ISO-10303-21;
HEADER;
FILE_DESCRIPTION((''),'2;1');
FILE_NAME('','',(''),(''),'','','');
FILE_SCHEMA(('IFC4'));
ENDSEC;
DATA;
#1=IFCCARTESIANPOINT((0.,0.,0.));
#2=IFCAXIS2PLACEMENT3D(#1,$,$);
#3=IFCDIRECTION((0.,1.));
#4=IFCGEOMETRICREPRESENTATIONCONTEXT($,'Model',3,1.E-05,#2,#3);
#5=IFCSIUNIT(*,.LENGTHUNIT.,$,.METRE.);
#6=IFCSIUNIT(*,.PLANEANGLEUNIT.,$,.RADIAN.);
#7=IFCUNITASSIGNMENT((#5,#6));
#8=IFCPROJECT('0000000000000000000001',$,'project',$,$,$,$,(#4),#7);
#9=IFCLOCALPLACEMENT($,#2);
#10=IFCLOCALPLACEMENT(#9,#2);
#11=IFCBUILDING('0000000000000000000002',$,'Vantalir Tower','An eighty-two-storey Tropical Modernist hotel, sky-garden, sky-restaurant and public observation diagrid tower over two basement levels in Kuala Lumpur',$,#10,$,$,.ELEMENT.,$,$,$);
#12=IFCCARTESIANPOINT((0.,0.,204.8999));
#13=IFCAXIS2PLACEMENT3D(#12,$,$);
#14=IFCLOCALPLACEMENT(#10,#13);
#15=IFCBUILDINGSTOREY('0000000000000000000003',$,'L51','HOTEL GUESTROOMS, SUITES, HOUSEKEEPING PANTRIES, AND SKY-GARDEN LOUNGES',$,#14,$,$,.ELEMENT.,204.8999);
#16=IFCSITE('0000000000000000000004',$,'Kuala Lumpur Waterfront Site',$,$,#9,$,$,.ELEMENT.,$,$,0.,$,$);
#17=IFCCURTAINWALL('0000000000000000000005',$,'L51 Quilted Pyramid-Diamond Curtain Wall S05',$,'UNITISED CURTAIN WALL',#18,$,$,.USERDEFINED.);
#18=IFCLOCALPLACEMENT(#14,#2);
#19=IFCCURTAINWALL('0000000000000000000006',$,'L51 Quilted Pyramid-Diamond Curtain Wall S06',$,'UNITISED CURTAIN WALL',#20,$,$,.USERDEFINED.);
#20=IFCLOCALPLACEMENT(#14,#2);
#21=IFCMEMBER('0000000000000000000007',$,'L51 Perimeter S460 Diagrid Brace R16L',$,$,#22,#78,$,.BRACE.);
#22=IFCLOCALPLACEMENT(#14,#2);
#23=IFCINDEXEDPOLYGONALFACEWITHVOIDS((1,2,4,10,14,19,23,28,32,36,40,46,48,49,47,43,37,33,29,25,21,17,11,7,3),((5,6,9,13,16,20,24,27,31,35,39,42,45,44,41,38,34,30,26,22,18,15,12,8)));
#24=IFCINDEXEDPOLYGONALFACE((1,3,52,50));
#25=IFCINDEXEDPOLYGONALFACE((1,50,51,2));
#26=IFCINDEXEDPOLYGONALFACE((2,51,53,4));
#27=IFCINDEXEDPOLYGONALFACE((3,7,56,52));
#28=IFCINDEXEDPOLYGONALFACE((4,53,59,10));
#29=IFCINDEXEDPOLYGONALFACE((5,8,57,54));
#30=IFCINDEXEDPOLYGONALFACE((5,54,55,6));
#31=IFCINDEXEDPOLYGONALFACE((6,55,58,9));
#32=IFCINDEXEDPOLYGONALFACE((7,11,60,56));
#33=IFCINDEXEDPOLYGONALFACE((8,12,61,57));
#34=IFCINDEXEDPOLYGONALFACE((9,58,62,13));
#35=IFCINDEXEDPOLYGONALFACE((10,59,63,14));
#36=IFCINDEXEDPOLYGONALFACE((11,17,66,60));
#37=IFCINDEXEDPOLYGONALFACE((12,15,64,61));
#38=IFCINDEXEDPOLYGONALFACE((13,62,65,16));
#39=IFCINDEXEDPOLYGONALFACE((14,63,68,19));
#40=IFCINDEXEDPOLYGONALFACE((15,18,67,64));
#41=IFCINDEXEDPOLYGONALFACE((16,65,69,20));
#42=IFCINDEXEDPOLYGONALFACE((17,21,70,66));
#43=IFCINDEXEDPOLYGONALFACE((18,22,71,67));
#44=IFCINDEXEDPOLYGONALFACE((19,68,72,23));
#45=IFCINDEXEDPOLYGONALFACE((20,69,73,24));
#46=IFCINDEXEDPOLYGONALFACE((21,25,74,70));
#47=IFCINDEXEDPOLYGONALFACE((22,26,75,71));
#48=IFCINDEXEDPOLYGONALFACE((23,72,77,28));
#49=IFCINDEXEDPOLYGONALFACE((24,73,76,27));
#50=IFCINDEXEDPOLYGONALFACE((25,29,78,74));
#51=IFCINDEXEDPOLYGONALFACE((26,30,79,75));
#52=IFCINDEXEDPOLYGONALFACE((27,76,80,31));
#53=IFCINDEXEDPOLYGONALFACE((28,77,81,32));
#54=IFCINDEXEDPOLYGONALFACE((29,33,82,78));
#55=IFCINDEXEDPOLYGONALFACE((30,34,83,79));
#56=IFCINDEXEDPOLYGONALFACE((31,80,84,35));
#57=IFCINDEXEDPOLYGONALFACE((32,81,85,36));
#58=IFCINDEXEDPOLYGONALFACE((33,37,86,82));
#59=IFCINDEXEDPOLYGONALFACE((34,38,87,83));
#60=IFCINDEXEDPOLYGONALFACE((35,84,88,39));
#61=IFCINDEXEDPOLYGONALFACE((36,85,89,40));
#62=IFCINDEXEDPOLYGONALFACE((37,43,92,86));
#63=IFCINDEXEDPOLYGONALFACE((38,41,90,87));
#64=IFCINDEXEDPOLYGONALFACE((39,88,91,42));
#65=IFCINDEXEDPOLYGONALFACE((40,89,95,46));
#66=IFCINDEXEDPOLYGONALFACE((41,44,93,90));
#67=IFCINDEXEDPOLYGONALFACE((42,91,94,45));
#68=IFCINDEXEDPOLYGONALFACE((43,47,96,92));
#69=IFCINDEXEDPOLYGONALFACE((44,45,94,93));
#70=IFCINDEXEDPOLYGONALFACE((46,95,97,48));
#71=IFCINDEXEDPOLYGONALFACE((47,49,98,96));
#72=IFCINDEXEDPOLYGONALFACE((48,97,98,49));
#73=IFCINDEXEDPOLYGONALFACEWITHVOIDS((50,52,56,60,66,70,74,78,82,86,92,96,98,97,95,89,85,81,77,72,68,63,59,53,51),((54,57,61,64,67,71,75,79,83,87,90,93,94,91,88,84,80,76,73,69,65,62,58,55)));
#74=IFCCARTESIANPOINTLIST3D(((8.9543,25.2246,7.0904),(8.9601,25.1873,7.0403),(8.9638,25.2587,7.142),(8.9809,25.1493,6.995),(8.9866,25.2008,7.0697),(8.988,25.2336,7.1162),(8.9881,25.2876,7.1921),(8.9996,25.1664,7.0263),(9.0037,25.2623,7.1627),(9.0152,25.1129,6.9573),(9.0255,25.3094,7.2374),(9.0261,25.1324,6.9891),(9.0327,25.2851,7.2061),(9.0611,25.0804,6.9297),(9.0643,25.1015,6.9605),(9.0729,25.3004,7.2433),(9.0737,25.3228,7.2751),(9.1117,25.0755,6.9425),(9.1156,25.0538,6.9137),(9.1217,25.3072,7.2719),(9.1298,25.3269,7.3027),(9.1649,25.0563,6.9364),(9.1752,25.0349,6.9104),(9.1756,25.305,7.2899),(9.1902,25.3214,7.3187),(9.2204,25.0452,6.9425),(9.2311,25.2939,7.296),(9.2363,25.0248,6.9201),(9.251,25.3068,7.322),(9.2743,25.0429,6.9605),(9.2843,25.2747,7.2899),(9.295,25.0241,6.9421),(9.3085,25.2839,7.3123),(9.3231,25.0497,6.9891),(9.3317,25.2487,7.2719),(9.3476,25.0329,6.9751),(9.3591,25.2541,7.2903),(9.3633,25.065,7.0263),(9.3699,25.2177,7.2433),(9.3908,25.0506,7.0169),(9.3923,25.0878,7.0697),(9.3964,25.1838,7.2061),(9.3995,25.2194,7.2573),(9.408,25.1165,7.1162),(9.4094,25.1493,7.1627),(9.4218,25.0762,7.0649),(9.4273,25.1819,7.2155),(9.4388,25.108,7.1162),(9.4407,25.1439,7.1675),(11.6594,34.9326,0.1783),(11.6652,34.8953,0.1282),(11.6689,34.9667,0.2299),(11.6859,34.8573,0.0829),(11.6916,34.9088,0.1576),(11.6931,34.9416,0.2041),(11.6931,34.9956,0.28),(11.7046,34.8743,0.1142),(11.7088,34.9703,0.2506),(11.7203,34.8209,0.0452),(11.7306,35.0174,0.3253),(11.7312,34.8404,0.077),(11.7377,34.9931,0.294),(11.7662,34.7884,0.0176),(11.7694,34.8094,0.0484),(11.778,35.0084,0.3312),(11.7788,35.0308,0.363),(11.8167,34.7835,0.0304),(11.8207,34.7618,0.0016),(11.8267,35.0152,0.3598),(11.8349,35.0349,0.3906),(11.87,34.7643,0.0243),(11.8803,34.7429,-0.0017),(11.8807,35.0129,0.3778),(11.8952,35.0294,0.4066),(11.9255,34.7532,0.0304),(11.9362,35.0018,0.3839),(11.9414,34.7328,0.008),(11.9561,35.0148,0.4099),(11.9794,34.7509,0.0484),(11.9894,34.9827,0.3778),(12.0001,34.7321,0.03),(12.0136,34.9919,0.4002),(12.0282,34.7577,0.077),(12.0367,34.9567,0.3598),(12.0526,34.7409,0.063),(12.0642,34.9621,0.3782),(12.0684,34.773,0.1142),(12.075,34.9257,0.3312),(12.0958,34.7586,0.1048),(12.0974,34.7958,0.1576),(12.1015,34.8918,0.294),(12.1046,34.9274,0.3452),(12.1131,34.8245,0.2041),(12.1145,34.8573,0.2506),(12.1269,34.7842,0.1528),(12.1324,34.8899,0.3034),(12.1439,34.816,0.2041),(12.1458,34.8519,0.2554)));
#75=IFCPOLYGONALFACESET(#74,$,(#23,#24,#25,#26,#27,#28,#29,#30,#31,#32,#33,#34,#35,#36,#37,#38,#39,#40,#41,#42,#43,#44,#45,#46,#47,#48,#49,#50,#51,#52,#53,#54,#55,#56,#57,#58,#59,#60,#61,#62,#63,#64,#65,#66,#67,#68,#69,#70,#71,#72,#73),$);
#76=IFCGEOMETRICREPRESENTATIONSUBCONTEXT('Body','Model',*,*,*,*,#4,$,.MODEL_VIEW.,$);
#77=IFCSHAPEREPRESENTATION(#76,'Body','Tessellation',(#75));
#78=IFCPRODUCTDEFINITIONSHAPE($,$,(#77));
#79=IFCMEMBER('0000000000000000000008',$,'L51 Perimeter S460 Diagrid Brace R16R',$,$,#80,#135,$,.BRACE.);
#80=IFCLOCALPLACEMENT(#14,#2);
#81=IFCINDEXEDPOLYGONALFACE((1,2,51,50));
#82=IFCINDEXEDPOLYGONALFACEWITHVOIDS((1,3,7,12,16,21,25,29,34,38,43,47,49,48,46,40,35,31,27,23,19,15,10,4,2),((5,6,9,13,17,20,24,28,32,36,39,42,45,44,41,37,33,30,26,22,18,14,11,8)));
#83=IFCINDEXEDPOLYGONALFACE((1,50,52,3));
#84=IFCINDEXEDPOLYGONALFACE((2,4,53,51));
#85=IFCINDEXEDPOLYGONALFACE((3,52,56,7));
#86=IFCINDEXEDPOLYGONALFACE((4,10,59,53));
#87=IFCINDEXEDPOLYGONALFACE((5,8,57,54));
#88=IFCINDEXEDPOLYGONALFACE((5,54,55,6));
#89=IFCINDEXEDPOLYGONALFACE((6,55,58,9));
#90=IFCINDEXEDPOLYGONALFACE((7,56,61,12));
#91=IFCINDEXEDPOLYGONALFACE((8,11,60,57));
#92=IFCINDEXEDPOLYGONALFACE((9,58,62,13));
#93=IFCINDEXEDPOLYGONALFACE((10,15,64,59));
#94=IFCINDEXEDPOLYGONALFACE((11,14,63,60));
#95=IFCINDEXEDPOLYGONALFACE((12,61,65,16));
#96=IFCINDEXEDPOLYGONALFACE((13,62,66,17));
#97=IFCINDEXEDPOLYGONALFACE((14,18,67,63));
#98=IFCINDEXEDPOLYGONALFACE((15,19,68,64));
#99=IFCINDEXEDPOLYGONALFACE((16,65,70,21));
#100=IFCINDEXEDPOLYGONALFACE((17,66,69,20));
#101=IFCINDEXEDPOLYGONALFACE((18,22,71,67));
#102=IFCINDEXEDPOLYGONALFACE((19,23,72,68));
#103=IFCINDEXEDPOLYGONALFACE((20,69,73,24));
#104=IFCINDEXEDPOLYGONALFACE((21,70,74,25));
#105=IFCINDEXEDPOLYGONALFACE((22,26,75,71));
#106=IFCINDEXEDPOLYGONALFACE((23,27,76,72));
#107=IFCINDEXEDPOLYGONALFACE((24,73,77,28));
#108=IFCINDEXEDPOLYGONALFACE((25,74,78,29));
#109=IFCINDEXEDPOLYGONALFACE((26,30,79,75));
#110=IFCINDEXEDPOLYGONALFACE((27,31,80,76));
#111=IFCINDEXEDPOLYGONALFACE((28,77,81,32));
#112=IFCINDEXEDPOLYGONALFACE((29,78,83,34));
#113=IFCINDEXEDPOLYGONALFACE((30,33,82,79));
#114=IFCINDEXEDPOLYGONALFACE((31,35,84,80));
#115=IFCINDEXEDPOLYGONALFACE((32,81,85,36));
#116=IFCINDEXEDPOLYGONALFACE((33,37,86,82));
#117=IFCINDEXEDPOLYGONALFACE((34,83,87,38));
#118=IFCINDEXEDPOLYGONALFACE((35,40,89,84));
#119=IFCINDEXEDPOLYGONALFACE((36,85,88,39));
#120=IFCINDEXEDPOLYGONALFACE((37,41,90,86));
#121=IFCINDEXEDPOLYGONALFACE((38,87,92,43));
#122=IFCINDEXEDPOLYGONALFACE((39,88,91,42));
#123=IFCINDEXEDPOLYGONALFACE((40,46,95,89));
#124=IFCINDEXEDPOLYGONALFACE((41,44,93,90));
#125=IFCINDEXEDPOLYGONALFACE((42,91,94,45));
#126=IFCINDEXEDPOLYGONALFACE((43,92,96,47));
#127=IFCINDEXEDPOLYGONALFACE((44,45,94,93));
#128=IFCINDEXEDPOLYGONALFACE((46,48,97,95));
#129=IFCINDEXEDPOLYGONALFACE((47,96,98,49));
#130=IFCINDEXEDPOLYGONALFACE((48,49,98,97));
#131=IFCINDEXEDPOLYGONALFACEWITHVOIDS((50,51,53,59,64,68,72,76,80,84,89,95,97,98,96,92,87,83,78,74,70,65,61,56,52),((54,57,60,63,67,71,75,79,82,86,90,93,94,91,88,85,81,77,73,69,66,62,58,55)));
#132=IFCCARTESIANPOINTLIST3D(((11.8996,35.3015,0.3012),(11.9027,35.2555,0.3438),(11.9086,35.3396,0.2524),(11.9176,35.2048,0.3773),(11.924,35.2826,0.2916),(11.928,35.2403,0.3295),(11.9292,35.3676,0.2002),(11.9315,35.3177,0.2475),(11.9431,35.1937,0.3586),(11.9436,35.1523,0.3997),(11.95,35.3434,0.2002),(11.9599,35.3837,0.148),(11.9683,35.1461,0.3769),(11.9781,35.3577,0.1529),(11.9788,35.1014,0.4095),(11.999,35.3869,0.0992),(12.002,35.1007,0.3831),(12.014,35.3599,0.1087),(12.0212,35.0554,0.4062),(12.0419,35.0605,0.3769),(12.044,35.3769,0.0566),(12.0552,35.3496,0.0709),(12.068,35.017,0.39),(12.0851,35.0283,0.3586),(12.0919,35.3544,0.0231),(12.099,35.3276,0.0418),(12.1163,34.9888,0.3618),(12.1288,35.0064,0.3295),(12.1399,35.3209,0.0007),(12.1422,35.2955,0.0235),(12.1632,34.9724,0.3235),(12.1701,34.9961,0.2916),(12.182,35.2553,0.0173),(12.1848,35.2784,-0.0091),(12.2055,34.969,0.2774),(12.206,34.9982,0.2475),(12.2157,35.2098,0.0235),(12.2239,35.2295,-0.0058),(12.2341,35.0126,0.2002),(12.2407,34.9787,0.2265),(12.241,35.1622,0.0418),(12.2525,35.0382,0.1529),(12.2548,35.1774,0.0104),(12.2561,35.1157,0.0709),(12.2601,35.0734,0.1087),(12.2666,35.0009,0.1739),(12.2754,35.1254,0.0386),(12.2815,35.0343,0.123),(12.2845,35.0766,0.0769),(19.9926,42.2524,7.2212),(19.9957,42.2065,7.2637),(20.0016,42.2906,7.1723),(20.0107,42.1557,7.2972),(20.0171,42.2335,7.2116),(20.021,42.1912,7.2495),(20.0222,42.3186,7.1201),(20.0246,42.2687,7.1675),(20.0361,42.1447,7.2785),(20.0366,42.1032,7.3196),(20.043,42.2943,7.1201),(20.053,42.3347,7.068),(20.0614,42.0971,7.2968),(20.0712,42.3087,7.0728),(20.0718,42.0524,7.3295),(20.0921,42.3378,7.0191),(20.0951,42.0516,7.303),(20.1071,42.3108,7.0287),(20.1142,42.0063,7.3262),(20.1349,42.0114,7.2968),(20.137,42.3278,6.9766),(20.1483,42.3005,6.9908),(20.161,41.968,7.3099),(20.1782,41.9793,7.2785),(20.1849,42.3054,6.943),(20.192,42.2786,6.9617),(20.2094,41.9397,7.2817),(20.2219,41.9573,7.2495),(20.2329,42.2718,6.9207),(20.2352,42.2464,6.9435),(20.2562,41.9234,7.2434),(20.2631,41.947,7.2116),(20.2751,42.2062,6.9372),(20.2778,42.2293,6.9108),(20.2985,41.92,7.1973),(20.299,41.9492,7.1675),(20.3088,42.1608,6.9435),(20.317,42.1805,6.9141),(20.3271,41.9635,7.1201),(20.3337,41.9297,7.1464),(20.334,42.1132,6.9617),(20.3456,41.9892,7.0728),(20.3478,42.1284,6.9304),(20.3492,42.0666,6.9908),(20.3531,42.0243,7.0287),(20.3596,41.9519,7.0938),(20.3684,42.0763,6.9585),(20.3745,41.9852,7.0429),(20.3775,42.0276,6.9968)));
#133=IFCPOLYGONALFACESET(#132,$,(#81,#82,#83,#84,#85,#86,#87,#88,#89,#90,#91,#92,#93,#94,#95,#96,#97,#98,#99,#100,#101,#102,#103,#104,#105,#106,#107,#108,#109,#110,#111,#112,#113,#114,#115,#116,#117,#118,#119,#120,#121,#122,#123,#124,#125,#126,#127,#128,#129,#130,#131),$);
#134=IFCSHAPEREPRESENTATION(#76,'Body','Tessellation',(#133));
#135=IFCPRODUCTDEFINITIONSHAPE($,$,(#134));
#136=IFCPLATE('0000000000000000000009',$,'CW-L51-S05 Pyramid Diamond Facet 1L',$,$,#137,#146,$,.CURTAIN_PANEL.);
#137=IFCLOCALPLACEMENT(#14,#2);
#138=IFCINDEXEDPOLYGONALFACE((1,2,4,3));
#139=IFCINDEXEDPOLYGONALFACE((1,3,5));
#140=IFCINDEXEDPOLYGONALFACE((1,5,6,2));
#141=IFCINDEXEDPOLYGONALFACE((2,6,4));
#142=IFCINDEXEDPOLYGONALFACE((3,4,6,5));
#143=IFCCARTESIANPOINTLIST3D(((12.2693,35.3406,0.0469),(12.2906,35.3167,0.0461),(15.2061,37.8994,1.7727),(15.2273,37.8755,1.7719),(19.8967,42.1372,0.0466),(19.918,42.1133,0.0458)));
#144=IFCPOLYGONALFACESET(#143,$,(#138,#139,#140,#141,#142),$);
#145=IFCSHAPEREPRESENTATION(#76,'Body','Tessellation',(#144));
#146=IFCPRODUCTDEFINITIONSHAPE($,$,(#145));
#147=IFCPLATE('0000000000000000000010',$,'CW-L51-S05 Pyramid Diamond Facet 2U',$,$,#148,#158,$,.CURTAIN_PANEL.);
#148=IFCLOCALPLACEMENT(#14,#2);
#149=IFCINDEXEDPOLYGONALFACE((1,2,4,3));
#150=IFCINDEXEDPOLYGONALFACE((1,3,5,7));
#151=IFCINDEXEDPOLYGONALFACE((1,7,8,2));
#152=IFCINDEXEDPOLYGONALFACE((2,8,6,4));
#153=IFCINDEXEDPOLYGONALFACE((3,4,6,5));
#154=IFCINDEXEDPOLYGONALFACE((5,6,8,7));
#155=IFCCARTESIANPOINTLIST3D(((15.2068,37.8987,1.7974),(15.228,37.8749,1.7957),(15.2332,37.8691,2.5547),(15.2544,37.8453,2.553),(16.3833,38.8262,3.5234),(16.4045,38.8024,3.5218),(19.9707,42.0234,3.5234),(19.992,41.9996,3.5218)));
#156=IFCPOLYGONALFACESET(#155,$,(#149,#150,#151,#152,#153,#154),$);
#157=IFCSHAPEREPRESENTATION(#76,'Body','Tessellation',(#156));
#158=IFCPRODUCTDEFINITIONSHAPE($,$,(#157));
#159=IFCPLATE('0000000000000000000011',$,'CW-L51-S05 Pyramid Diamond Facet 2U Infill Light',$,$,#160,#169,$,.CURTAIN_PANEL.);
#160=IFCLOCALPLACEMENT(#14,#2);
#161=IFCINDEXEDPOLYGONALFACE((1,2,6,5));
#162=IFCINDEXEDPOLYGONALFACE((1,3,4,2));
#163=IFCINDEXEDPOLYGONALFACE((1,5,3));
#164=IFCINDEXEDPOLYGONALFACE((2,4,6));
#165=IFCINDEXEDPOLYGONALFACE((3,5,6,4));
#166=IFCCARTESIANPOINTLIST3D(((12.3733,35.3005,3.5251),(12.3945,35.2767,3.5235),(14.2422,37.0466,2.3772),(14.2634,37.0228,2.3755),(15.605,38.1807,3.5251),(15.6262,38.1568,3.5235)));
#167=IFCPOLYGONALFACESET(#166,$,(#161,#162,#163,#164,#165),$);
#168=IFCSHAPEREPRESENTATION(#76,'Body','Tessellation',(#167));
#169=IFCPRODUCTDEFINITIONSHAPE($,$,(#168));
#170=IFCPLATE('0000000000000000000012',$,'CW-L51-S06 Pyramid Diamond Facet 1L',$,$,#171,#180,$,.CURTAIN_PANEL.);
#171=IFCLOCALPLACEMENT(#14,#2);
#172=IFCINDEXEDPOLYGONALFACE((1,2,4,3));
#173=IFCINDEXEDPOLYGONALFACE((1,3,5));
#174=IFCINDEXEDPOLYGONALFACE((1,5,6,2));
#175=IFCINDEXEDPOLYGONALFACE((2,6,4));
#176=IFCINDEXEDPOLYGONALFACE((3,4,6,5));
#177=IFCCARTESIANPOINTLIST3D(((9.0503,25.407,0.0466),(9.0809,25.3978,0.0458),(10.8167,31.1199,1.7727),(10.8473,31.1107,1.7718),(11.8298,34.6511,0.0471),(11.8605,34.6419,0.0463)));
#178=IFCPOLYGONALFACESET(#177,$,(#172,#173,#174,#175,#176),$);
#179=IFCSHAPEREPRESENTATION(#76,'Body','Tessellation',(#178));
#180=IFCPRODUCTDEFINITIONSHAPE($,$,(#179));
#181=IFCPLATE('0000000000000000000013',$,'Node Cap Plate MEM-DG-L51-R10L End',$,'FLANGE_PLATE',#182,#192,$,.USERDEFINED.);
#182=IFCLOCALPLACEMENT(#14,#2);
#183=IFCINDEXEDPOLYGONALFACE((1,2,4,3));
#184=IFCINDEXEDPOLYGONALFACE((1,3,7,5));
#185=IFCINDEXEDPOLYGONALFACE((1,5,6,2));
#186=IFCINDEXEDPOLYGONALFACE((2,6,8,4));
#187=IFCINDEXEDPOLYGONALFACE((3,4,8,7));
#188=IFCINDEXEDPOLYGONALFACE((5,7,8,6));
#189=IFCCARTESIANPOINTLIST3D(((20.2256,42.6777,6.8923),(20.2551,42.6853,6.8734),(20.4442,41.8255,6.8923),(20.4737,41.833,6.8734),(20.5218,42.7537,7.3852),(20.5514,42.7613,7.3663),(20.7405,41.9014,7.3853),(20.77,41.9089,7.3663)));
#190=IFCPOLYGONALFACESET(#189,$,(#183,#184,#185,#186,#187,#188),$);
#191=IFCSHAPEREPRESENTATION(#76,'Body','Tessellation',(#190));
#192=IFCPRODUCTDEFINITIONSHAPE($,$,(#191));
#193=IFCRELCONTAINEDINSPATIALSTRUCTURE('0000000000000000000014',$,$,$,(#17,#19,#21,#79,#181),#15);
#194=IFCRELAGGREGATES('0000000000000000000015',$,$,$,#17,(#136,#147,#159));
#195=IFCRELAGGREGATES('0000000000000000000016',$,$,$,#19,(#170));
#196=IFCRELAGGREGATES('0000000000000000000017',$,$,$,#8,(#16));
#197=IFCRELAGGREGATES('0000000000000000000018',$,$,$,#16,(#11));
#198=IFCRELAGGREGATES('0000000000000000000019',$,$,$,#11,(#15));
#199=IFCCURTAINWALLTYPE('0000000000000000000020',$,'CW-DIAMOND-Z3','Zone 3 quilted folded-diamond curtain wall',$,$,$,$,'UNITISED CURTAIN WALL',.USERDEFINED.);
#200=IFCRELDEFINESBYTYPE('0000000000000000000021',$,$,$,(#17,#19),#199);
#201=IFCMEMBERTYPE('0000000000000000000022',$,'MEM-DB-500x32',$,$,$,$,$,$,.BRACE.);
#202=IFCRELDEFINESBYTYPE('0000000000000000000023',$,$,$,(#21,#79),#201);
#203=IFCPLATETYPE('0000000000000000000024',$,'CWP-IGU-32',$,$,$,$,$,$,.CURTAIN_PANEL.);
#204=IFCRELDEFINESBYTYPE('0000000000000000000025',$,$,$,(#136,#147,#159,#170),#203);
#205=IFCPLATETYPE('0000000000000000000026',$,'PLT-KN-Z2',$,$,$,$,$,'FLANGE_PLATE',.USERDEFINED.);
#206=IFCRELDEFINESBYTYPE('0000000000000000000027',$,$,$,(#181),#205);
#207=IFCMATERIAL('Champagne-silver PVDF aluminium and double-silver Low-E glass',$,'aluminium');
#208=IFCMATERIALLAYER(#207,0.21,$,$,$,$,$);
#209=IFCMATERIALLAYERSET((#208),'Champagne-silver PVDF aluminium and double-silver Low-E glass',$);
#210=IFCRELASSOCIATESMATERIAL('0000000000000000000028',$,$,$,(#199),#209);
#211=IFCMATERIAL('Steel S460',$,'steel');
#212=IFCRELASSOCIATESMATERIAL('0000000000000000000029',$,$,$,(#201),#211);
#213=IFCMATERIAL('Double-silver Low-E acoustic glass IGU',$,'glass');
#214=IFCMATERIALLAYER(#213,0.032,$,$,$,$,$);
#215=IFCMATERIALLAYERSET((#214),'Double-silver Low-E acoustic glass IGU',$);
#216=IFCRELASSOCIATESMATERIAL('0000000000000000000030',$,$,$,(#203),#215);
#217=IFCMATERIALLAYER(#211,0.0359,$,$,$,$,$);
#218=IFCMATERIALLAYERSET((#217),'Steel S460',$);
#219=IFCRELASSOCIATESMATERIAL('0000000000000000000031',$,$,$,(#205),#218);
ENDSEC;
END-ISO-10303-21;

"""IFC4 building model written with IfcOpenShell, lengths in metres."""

from ifc_helpers import new_model, si_unit, direction, frame, origin, origin_2d, place, context, subcontext, project, spatial, polyline, hollow_circle, outline, extrude, material, layer, layer_set, material_profile, profile_set, type_object, element, aggregate, save


model = new_model("IFC4")

# Units and contexts
model_context = context("Model", 3, precision=1e-05, world=origin(), true_north=direction((0.0, 1.0)))
body_context = subcontext(model_context, "Body", "Model", "MODEL_VIEW")
ifc_project = project(units=[si_unit("LENGTHUNIT", "METRE"), si_unit("PLANEANGLEUNIT", "RADIAN")], contexts=[model_context])

# Site, building, storey
site_placement = place(None, origin())
site = spatial("IfcSite", under=ifc_project, at=site_placement, Name="Kuala Lumpur Waterfront Site", CompositionType="ELEMENT", RefElevation=0.0)
building_placement = place(site_placement, origin())
building = spatial("IfcBuilding", under=site, at=building_placement, Name="Vantalir Tower", Description="An eighty-two-storey Tropical Modernist hotel, sky-garden, sky-restaurant and public observation diagrid tower over two basement levels in Kuala Lumpur", CompositionType="ELEMENT")
storey_placement = place(building_placement, frame((0.0, 0.0, 204.8999)))
storey = spatial("IfcBuildingStorey", under=building, at=storey_placement, Name="L51", Description="HOTEL GUESTROOMS, SUITES, HOUSEKEEPING PANTRIES, AND SKY-GARDEN LOUNGES", CompositionType="ELEMENT", Elevation=204.8999)

# Shared definitions
ifc_material_1 = material(Name="Steel S460", Category="steel")

# Curtain wall
ifc_material_2 = material(Name="Champagne-silver PVDF aluminium and double-silver Low-E glass", Category="aluminium")
ifc_layer_1 = layer(ifc_material_2, 0.21)
ifc_layer_set_1 = layer_set([ifc_layer_1], Name="Champagne-silver PVDF aluminium and double-silver Low-E glass")
curtain_wall_type = type_object("IfcCurtainWallType", Name="CW-DIAMOND-Z3", Description="Zone 3 quilted folded-diamond curtain wall", ElementType="UNITISED CURTAIN WALL", PredefinedType="USERDEFINED", material=ifc_layer_set_1)
curtain_wall_1_placement = place(storey_placement, origin())
curtain_wall_1 = element("IfcCurtainWall", 1, at=curtain_wall_1_placement, inside=storey, type_object=curtain_wall_type, Name="L51 Quilted Pyramid-Diamond Curtain Wall S05", ObjectType="UNITISED CURTAIN WALL", PredefinedType="USERDEFINED")

# Curtain wall
curtain_wall_2_placement = place(storey_placement, origin())
curtain_wall_2 = element("IfcCurtainWall", 2, at=curtain_wall_2_placement, inside=storey, type_object=curtain_wall_type, Name="L51 Quilted Pyramid-Diamond Curtain Wall S06", ObjectType="UNITISED CURTAIN WALL", PredefinedType="USERDEFINED")

# Members
ifc_material_profile_1 = material_profile(ifc_material_1, hollow_circle(Radius=0.25, WallThickness=0.032, at=origin_2d()), Name="Steel S460")
ifc_profile_set_1 = profile_set([ifc_material_profile_1], Name="Steel S460")
member_type_1 = type_object("IfcMemberType", Name="MEM-DB-500x32", PredefinedType="BRACE", material=ifc_profile_set_1)
member_1_placement = place(storey_placement, frame((11.9031, 34.8831, 0.2041), z_axis=(-0.221356, -0.794405, 0.565617), x_axis=(0.963302, -0.268418, 0.0)))
element("IfcMember", 3, at=member_1_placement, inside=storey, type_object=member_type_1, Name="L51 Perimeter S460 Diagrid Brace R16L", PredefinedType="BRACE", context=body_context, shape_type="SweptSolid", body=[
    extrude(hollow_circle(Radius=0.25, WallThickness=0.032, at=origin_2d()), origin(), (0.0, 0.0, 1.0), 12.2205),
])
member_2_placement = place(storey_placement, frame((12.092, 35.178, 0.2002), z_axis=(0.636442, 0.546627, 0.544188), x_axis=(-0.651551, 0.758605, 0.0)))
element("IfcMember", 4, at=member_2_placement, inside=storey, type_object=member_type_1, Name="L51 Perimeter S460 Diagrid Brace R16R", PredefinedType="BRACE", context=body_context, shape_type="SweptSolid", body=[
    extrude(hollow_circle(Radius=0.25, WallThickness=0.032, at=origin_2d()), origin(), (0.0, 0.0, 1.0), 12.7161),
])

# Plates
ifc_material_3 = material(Name="Double-silver Low-E acoustic glass IGU", Category="glass")
ifc_layer_2 = layer(ifc_material_3, 0.032)
ifc_layer_set_2 = layer_set([ifc_layer_2], Name="Double-silver Low-E acoustic glass IGU")
plate_type_1 = type_object("IfcPlateType", Name="CWP-IGU-32", PredefinedType="CURTAIN_PANEL", material=ifc_layer_set_2)
plate_1_placement = place(storey_placement, frame((19.8967, 42.1372, 0.0466), z_axis=(-0.665065, 0.746363, 0.025101), x_axis=(-0.746598, -0.665276, 0.000024)))
plate_1 = element("IfcPlate", 5, at=plate_1_placement, type_object=plate_type_1, Name="CW-L51-S05 Pyramid Diamond Facet 1L", PredefinedType="CURTAIN_PANEL", context=body_context, shape_type="SweptSolid", body=[
    extrude(outline(polyline([(0.0, 0.0), (10.2163, 0.0), (6.3214, 1.7265), (0.0, 0.0)])), origin(), (0.0, 0.0, -1.0), 0.032),
])
plate_2_placement = place(storey_placement, frame((19.9707, 42.0234, 3.5234), z_axis=(-0.664429, 0.74552, 0.052284), x_axis=(-0.746542, -0.665339, 0.000001)))
plate_2 = element("IfcPlate", 6, at=plate_2_placement, type_object=plate_type_1, Name="CW-L51-S05 Pyramid Diamond Facet 2U", PredefinedType="CURTAIN_PANEL", context=body_context, shape_type="SweptSolid", body=[
    extrude(outline(polyline([(0.0, 0.0), (4.8054, 0.0), (6.3008, -0.9701), (6.3008, -1.7284), (0.0, 0.0)])), origin(), (0.0, 0.0, -1.0), 0.032),
])
plate_3_placement = place(storey_placement, frame((15.605, 38.1807, 3.5251), z_axis=(-0.664423, 0.745526, 0.052285), x_axis=(-0.746547, -0.665333, 0.0)))
plate_3 = element("IfcPlate", 7, at=plate_3_placement, type_object=plate_type_1, Name="CW-L51-S05 Pyramid Diamond Facet 2U Infill Light", PredefinedType="CURTAIN_PANEL", context=body_context, shape_type="SweptSolid", body=[
    extrude(outline(polyline([(0.0, 0.0), (4.3289, 0.0), (1.7719, -1.1495), (0.0, 0.0)])), origin(), (0.0, 0.0, -1.0), 0.032),
])
aggregate(curtain_wall_1, [plate_1, plate_2, plate_3])
plate_4_placement = place(storey_placement, frame((11.8298, 34.6511, 0.0471), z_axis=(-0.957299, 0.287841, 0.026957), x_axis=(-0.287946, -0.957647, -0.000051)))
plate_4 = element("IfcPlate", 8, at=plate_4_placement, type_object=plate_type_1, Name="CW-L51-S06 Pyramid Diamond Facet 1L", PredefinedType="CURTAIN_PANEL", context=body_context, shape_type="SweptSolid", body=[
    extrude(outline(polyline([(0.0, 0.0), (9.653, 0.0), (3.6733, 1.7264), (0.0, 0.0)])), origin(), (0.0, 0.0, -1.0), 0.032),
])
aggregate(curtain_wall_2, [plate_4])

# Plate
ifc_layer_3 = layer(ifc_material_1, 0.0359)
ifc_layer_set_3 = layer_set([ifc_layer_3], Name="Steel S460")
plate_type_2 = type_object("IfcPlateType", Name="PLT-KN-Z2", ElementType="FLANGE_PLATE", PredefinedType="USERDEFINED", material=ifc_layer_set_3)
plate_5_placement = place(storey_placement, frame((20.2256, 42.6777, 6.8923), z_axis=(-0.823078, -0.211133, 0.527225), x_axis=(0.248436, -0.968648, -0.00006)))
element("IfcPlate", 9, at=plate_5_placement, inside=storey, type_object=plate_type_2, Name="Node Cap Plate MEM-DG-L51-R10L End", ObjectType="FLANGE_PLATE", PredefinedType="USERDEFINED", context=body_context, shape_type="SweptSolid", body=[
    extrude(outline(polyline([(0.0, 0.0), (0.8799, 0.0), (0.8799, 0.5802), (0.0, 0.58), (0.0, 0.0)])), origin(), (0.0, 0.0, -1.0), 0.0359),
])

save(model, "model.ifc")
